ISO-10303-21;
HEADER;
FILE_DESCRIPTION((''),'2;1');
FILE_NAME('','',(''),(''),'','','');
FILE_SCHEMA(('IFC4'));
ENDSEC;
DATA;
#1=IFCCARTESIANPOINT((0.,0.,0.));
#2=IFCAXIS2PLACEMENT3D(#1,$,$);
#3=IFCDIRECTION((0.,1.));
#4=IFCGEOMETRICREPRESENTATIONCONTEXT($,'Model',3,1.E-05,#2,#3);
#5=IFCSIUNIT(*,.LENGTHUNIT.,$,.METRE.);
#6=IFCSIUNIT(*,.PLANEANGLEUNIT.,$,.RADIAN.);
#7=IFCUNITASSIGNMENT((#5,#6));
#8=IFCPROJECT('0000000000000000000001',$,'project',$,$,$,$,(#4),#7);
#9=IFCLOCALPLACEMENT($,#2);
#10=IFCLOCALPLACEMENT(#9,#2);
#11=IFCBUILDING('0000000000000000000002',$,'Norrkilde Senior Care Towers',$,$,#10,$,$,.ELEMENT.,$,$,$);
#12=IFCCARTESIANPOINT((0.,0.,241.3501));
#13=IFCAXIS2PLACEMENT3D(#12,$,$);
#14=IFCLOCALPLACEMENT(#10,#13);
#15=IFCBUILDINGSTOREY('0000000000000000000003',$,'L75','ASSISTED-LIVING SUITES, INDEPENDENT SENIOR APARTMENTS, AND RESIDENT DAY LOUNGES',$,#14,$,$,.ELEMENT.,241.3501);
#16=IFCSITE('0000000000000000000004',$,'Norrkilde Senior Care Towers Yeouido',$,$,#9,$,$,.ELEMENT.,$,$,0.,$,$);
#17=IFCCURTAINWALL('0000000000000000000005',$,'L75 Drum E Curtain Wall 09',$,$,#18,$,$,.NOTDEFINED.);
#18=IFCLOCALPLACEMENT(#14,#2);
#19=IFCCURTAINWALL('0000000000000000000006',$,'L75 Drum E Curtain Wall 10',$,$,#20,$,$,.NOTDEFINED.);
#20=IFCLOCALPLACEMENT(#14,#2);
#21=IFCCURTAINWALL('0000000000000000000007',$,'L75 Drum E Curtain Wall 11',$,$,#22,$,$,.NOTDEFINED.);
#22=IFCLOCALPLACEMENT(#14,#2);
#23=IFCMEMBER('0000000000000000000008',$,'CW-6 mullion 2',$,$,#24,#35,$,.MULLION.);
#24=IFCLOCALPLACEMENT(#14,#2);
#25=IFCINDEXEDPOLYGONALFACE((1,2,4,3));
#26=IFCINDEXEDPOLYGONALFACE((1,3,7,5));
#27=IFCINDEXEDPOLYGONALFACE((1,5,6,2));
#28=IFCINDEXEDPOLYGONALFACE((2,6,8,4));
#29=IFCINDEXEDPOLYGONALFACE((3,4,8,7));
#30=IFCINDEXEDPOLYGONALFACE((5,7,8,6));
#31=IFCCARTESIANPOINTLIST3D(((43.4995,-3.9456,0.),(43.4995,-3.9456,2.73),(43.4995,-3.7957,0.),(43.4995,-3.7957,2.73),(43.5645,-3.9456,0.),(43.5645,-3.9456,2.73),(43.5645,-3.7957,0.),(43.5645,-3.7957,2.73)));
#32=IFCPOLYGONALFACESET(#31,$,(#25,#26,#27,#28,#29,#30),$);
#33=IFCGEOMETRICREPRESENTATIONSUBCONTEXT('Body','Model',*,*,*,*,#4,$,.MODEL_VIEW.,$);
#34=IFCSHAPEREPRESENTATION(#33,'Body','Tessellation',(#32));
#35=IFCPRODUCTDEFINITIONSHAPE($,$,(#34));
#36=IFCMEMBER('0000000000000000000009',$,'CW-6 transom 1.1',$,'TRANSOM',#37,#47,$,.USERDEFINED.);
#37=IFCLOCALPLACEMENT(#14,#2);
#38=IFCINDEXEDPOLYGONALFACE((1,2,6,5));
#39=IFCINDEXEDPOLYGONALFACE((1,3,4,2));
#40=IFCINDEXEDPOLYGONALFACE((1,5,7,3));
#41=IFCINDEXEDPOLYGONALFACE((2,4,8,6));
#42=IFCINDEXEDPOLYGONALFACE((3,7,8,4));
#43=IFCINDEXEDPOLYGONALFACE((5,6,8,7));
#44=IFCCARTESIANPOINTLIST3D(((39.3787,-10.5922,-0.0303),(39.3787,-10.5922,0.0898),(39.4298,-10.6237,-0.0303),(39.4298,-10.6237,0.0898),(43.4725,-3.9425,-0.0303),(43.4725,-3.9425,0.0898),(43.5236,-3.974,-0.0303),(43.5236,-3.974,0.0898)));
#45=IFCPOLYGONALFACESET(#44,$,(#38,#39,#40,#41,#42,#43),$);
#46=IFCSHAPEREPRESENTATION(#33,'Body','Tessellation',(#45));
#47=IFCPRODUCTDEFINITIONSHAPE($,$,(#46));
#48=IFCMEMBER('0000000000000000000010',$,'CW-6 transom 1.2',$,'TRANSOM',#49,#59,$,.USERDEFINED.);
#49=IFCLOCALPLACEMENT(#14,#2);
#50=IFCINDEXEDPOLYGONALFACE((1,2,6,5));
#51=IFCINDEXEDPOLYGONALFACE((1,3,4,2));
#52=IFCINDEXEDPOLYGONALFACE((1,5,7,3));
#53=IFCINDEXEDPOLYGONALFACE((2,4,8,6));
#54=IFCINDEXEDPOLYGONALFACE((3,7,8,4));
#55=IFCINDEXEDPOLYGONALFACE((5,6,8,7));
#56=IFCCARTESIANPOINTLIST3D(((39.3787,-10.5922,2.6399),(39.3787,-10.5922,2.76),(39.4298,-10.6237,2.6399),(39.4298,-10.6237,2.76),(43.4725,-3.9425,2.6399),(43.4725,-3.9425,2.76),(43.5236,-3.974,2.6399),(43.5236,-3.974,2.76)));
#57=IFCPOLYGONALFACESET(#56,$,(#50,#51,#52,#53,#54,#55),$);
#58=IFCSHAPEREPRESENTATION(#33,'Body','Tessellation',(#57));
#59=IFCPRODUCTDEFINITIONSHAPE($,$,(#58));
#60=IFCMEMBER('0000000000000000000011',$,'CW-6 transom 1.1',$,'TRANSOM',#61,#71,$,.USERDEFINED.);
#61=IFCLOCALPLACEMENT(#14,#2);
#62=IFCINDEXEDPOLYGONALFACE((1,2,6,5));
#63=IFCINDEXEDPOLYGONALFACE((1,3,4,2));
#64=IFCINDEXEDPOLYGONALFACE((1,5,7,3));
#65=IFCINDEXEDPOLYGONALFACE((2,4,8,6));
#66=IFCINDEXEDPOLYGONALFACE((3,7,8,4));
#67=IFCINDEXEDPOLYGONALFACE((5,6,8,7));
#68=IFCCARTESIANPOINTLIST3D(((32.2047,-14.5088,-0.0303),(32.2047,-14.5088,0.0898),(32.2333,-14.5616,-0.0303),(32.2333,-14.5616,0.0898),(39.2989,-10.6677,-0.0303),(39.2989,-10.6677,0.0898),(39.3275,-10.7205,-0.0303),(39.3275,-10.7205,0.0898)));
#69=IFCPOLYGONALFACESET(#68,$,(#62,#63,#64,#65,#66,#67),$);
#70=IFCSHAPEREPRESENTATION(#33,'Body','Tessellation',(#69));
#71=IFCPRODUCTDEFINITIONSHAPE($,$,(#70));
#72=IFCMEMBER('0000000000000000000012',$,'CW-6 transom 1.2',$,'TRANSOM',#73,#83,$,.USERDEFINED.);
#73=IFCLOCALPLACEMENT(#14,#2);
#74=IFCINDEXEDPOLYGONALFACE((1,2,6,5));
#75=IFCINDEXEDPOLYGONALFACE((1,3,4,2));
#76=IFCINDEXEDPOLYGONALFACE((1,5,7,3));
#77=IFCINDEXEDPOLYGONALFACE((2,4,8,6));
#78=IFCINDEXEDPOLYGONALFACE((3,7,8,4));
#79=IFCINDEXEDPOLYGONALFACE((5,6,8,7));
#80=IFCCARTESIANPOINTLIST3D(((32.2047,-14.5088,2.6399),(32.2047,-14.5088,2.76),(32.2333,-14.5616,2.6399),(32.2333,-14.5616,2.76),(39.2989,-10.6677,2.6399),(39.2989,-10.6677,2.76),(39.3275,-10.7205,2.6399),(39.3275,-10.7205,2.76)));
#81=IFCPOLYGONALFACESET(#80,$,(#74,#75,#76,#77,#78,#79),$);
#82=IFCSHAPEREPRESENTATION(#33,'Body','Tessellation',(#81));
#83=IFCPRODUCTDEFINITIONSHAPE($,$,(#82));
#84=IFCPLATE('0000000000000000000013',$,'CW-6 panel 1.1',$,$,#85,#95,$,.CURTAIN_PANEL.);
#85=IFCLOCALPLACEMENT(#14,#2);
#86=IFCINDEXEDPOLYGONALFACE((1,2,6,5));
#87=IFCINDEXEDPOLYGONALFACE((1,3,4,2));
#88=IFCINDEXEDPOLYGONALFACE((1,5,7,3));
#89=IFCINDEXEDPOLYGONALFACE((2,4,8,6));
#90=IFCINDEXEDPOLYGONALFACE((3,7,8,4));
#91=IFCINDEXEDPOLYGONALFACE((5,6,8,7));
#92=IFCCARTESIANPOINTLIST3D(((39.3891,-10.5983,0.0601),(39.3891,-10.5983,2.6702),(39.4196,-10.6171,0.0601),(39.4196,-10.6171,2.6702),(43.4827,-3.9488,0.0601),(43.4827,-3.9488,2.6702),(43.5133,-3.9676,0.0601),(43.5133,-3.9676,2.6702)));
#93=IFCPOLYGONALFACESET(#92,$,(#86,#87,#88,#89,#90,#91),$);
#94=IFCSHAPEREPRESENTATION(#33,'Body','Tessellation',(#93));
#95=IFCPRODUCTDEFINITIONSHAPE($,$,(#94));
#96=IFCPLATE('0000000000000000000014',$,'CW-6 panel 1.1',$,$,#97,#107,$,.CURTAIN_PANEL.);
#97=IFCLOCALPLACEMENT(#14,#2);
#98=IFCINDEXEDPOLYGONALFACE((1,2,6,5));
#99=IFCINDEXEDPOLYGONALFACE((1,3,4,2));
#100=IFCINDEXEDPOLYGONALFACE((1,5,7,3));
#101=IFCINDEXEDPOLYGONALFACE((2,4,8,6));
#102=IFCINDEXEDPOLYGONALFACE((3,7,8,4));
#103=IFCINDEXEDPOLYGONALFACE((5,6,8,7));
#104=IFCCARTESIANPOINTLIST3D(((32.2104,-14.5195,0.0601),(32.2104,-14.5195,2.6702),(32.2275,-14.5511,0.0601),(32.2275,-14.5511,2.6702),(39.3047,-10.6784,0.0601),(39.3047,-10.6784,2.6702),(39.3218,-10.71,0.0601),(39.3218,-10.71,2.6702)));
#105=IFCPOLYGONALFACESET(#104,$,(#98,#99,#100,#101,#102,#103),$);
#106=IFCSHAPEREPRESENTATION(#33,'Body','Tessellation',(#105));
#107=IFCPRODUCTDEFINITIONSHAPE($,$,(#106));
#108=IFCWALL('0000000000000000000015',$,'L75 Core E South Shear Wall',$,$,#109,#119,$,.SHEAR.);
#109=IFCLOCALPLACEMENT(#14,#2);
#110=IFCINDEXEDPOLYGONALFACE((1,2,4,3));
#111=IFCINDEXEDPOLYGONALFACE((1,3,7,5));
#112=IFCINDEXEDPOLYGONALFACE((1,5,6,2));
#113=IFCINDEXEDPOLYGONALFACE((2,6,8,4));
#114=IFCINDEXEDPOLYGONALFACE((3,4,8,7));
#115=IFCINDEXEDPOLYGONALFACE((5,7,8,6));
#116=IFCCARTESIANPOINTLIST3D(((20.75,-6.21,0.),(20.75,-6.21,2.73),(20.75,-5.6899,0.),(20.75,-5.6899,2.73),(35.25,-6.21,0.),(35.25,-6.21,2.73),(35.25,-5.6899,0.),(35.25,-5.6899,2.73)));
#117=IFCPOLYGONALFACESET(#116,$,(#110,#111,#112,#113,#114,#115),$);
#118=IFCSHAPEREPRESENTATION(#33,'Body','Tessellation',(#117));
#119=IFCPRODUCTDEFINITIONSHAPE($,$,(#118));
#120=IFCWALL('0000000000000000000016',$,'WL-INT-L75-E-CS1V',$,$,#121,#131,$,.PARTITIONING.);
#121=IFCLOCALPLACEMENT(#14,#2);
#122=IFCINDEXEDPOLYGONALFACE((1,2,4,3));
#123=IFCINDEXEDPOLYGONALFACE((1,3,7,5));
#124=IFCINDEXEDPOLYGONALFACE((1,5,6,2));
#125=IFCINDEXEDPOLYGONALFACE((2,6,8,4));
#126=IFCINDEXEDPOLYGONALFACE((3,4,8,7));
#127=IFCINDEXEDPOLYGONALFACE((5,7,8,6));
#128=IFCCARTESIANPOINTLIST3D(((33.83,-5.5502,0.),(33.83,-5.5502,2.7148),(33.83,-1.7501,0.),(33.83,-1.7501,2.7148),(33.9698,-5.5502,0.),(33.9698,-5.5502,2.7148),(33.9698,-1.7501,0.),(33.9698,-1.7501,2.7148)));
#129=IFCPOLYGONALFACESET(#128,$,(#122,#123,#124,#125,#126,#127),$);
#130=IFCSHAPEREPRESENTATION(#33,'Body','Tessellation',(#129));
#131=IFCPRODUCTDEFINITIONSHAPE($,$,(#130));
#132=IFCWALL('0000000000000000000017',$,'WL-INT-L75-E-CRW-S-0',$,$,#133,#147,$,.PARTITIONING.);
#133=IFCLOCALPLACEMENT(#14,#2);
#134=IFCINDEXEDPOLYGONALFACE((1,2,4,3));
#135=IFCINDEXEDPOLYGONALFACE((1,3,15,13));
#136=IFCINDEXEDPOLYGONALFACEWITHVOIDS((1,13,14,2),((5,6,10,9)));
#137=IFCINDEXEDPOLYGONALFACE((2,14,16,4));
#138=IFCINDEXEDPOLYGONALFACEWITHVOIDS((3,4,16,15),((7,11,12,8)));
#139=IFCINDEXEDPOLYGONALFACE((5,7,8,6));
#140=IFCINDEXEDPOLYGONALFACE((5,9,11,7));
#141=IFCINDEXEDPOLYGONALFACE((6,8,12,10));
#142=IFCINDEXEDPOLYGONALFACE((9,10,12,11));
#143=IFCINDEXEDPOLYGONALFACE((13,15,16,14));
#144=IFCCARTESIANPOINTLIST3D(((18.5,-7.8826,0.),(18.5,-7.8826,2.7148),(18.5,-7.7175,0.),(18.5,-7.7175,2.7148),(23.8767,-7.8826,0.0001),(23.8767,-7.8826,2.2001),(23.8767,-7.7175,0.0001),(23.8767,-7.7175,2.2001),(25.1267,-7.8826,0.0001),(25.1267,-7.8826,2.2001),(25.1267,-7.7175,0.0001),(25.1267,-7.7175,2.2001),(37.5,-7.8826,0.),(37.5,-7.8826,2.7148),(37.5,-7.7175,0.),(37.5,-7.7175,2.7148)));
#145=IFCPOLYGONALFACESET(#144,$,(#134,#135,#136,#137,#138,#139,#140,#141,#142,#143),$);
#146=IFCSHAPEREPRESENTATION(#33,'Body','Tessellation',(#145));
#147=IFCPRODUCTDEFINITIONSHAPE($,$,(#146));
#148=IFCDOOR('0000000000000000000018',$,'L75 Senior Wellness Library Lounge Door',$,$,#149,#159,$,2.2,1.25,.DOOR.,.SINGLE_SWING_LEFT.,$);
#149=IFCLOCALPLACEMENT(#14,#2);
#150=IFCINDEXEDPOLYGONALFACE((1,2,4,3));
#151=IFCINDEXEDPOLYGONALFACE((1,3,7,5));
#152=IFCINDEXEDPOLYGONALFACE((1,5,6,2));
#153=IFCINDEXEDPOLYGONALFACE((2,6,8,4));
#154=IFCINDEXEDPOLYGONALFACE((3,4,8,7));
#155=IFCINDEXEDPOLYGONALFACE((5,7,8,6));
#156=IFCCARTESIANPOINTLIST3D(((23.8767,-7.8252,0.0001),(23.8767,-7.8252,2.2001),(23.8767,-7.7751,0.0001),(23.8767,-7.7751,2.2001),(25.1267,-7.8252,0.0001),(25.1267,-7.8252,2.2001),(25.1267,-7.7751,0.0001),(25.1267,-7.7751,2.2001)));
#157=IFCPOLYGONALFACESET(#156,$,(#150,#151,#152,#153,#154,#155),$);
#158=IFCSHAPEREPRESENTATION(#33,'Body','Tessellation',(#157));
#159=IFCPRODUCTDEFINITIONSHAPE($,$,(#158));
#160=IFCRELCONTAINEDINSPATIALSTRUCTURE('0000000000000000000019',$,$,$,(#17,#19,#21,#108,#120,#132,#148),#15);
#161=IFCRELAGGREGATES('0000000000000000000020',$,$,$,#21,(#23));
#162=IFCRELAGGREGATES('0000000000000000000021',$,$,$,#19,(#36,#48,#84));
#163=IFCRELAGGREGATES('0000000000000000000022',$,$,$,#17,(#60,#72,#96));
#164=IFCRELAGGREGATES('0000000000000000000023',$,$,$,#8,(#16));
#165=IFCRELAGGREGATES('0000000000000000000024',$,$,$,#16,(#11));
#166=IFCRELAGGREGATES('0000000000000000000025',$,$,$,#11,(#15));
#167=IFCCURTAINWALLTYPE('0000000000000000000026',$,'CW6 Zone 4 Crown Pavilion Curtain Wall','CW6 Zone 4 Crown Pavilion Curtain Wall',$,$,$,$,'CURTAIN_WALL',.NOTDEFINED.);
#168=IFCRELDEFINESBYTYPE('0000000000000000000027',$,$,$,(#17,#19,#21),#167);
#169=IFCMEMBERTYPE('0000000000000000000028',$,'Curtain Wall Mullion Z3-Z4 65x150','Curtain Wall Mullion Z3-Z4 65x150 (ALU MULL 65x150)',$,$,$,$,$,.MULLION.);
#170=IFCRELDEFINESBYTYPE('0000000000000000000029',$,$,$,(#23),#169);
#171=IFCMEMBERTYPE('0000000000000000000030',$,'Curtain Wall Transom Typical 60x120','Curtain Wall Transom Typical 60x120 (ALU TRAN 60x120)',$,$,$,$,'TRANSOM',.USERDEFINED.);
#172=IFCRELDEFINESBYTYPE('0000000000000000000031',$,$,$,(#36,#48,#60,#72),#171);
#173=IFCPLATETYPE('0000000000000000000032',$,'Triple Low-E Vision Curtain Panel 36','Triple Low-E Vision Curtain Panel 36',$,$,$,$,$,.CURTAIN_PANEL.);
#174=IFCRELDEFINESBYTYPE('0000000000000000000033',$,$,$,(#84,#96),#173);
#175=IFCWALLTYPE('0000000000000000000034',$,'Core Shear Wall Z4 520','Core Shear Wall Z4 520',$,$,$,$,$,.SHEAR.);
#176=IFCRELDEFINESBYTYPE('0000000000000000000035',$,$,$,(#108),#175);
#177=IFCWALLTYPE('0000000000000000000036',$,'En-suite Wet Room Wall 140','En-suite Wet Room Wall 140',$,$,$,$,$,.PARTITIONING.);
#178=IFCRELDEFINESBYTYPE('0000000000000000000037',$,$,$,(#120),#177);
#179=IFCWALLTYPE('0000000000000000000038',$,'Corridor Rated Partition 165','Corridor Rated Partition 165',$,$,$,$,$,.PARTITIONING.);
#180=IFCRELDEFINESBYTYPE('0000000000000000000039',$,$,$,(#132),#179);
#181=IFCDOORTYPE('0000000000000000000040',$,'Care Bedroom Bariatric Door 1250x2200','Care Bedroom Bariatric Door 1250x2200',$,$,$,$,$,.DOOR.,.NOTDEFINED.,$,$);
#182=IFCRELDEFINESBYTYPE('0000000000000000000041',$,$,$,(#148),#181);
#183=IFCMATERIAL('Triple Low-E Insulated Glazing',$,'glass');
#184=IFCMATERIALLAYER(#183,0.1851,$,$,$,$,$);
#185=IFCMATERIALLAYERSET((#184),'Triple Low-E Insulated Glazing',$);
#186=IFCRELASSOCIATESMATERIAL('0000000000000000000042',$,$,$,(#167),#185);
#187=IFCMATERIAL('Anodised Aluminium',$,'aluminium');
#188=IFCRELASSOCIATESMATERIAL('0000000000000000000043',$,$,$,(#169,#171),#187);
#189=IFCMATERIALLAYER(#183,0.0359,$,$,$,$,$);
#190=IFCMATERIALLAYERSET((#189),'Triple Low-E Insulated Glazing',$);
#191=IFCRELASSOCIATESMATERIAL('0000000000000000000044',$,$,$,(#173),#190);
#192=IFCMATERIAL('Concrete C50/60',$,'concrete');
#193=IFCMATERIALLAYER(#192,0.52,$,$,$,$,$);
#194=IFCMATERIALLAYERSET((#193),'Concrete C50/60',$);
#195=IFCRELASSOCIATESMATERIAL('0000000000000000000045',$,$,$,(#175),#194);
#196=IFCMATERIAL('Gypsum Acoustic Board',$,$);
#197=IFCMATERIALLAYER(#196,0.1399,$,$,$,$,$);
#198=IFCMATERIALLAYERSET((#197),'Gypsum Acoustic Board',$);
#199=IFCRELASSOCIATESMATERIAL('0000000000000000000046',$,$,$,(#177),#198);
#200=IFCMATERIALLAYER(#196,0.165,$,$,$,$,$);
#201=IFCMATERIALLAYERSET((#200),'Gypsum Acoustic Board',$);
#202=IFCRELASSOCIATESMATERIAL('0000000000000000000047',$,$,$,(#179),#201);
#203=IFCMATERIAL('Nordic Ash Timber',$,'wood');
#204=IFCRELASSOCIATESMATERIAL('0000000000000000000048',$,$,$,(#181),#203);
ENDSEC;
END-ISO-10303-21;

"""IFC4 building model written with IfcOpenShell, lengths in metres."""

from ifc_helpers import new_model, si_unit, direction, frame, frame_2d, origin, origin_2d, place, context, subcontext, project, spatial, rectangle, extrude, source, transform, mapped, material, layer, layer_set, material_profile, profile_set, type_object, type_shapes, element, fill, aggregate, save


model = new_model("IFC4")

# Units and contexts
model_context = context("Model", 3, precision=1e-05, world=origin(), true_north=direction((0.0, 1.0)))
body_context = subcontext(model_context, "Body", "Model", "MODEL_VIEW")
ifc_project = project(units=[si_unit("LENGTHUNIT", "METRE"), si_unit("PLANEANGLEUNIT", "RADIAN")], contexts=[model_context])

# Site, building, storey
site_placement = place(None, origin())
site = spatial("IfcSite", under=ifc_project, at=site_placement, Name="Norrkilde Senior Care Towers Yeouido", CompositionType="ELEMENT", RefElevation=0.0)
building_placement = place(site_placement, origin())
building = spatial("IfcBuilding", under=site, at=building_placement, Name="Norrkilde Senior Care Towers", CompositionType="ELEMENT")
storey_placement = place(building_placement, frame((0.0, 0.0, 241.3501)))
storey = spatial("IfcBuildingStorey", under=building, at=storey_placement, Name="L75", Description="ASSISTED-LIVING SUITES, INDEPENDENT SENIOR APARTMENTS, AND RESIDENT DAY LOUNGES", CompositionType="ELEMENT", Elevation=241.3501)

# Shared definitions
ifc_material_1 = material(Name="Concrete C50/60", Category="concrete")

# Curtain wall
ifc_material_2 = material(Name="Triple Low-E Insulated Glazing", Category="glass")
ifc_layer_1 = layer(ifc_material_2, 0.1851)
ifc_layer_set_1 = layer_set([ifc_layer_1], Name="Triple Low-E Insulated Glazing")
curtain_wall_type = type_object("IfcCurtainWallType", Name="CW6 Zone 4 Crown Pavilion Curtain Wall", Description="CW6 Zone 4 Crown Pavilion Curtain Wall", ElementType="CURTAIN_WALL", PredefinedType="NOTDEFINED", material=ifc_layer_set_1)
curtain_wall_1_placement = place(storey_placement, origin())
curtain_wall_1 = element("IfcCurtainWall", 1, at=curtain_wall_1_placement, inside=storey, type_object=curtain_wall_type, Name="L75 Drum E Curtain Wall 09", PredefinedType="NOTDEFINED")
ifc_material_3 = material(Name="Anodised Aluminium", Category="aluminium")
ifc_material_profile_1 = material_profile(ifc_material_3, rectangle(XDim=0.0649, YDim=0.1499, at=origin_2d()), Name="ALU MULL 65x150")
ifc_profile_set_1 = profile_set([ifc_material_profile_1], Name="Anodised Aluminium")
member_type_1 = type_object("IfcMemberType", Name="Curtain Wall Mullion Z3-Z4 65x150", Description="Curtain Wall Mullion Z3-Z4 65x150 (ALU MULL 65x150)", PredefinedType="MULLION", material=ifc_profile_set_1)
shared_shape_1 = source(origin(), body_context, "Body", "SweptSolid", [
    extrude(rectangle(XDim=0.0649, YDim=0.1499, at=origin_2d()), origin(), (0.0, 0.0, 1.0), 2.73),
])
type_shapes(member_type_1, [shared_shape_1])

# Curtain wall
curtain_wall_2_placement = place(storey_placement, origin())
curtain_wall_2 = element("IfcCurtainWall", 2, at=curtain_wall_2_placement, inside=storey, type_object=curtain_wall_type, Name="L75 Drum E Curtain Wall 10", PredefinedType="NOTDEFINED")

# Curtain wall, member
curtain_wall_3_placement = place(storey_placement, origin())
curtain_wall_3 = element("IfcCurtainWall", 3, at=curtain_wall_3_placement, inside=storey, type_object=curtain_wall_type, Name="L75 Drum E Curtain Wall 11", PredefinedType="NOTDEFINED")
member_1_placement = place(storey_placement, frame((43.532, -3.8706, 0.0), z_axis=(0.0, 0.0, 1.0), x_axis=(1.0, 0.0, 0.0)))
member_1 = element("IfcMember", 4, at=member_1_placement, type_object=member_type_1, Name="CW-6 mullion 2", PredefinedType="MULLION", context=body_context, shape_type="MappedRepresentation", body=[
    mapped(shared_shape_1, transform((0.0, 0.0, 0.0), x_axis=(1.0, 0.0, 0.0), y_axis=(0.0, 1.0, 0.0), z_axis=(0.0, 0.0, 1.0), scale=1.0)),
])
aggregate(curtain_wall_3, [member_1])

# Members
ifc_material_profile_2 = material_profile(ifc_material_3, rectangle(XDim=0.0601, YDim=0.1201, at=origin_2d()), Name="ALU TRAN 60x120")
ifc_profile_set_2 = profile_set([ifc_material_profile_2], Name="Anodised Aluminium")
member_type_2 = type_object("IfcMemberType", Name="Curtain Wall Transom Typical 60x120", Description="Curtain Wall Transom Typical 60x120 (ALU TRAN 60x120)", ElementType="TRANSOM", PredefinedType="USERDEFINED", material=ifc_profile_set_2)
shared_shape_2 = source(origin(), body_context, "Body", "SweptSolid", [
    extrude(rectangle(XDim=0.0601, YDim=0.1201, at=origin_2d()), origin(), (0.0, 0.0, 1.0), 7.8088),
])
member_2_placement = place(storey_placement, frame((43.498, -3.9583, 0.0298), z_axis=(-0.524251, -0.851564, 0.0), x_axis=(0.851564, -0.524251, 0.0)))
member_2 = element("IfcMember", 5, at=member_2_placement, type_object=member_type_2, Name="CW-6 transom 1.1", ObjectType="TRANSOM", PredefinedType="USERDEFINED", context=body_context, shape_type="MappedRepresentation", body=[
    mapped(shared_shape_2, transform((0.0, 0.0, 0.0), x_axis=(1.0, 0.0, 0.0), y_axis=(0.0, 1.0, 0.0), z_axis=(0.0, 0.0, 1.0), scale=1.0)),
])
member_3_placement = place(storey_placement, frame((43.498, -3.9583, 2.7), z_axis=(-0.524251, -0.851564, 0.0), x_axis=(0.851564, -0.524251, 0.0)))
member_3 = element("IfcMember", 6, at=member_3_placement, type_object=member_type_2, Name="CW-6 transom 1.2", ObjectType="TRANSOM", PredefinedType="USERDEFINED", context=body_context, shape_type="MappedRepresentation", body=[
    mapped(shared_shape_2, transform((0.0, 0.0, 0.0), x_axis=(1.0, 0.0, 0.0), y_axis=(0.0, 1.0, 0.0), z_axis=(0.0, 0.0, 1.0), scale=1.0)),
])
shared_shape_3 = source(origin(), body_context, "Body", "SweptSolid", [
    extrude(rectangle(XDim=0.0601, YDim=0.1201, at=origin_2d()), origin(), (0.0, 0.0, 1.0), 8.0674),
])
type_shapes(member_type_2, [shared_shape_2, shared_shape_3])
member_4_placement = place(storey_placement, frame((39.3132, -10.6941, 0.0298), z_axis=(-0.879378, -0.476125, 0.0), x_axis=(0.476125, -0.879378, 0.0)))
member_4 = element("IfcMember", 7, at=member_4_placement, type_object=member_type_2, Name="CW-6 transom 1.1", ObjectType="TRANSOM", PredefinedType="USERDEFINED", context=body_context, shape_type="MappedRepresentation", body=[
    mapped(shared_shape_3, transform((0.0, 0.0, 0.0), x_axis=(1.0, 0.0, 0.0), y_axis=(0.0, 1.0, 0.0), z_axis=(0.0, 0.0, 1.0), scale=1.0)),
])
member_5_placement = place(storey_placement, frame((39.3132, -10.6941, 2.7), z_axis=(-0.879378, -0.476125, 0.0), x_axis=(0.476125, -0.879378, 0.0)))
member_5 = element("IfcMember", 8, at=member_5_placement, type_object=member_type_2, Name="CW-6 transom 1.2", ObjectType="TRANSOM", PredefinedType="USERDEFINED", context=body_context, shape_type="MappedRepresentation", body=[
    mapped(shared_shape_3, transform((0.0, 0.0, 0.0), x_axis=(1.0, 0.0, 0.0), y_axis=(0.0, 1.0, 0.0), z_axis=(0.0, 0.0, 1.0), scale=1.0)),
])

# Plates
ifc_layer_2 = layer(ifc_material_2, 0.0359)
ifc_layer_set_2 = layer_set([ifc_layer_2], Name="Triple Low-E Insulated Glazing")
plate_type = type_object("IfcPlateType", Name="Triple Low-E Vision Curtain Panel 36", Description="Triple Low-E Vision Curtain Panel 36", PredefinedType="CURTAIN_PANEL", material=ifc_layer_set_2)
shared_shape_4 = source(origin(), body_context, "Body", "SweptSolid", [
    extrude(rectangle(XDim=7.8086, YDim=0.0359, at=origin_2d()), origin(), (0.0, 0.0, 1.0), 2.6101),
])
plate_1_placement = place(storey_placement, frame((41.4512, -7.283, 0.0601), z_axis=(0.0, 0.0, 1.0), x_axis=(-0.524253, -0.851563, 0.0)))
plate_1 = element("IfcPlate", 9, at=plate_1_placement, type_object=plate_type, Name="CW-6 panel 1.1", PredefinedType="CURTAIN_PANEL", context=body_context, shape_type="MappedRepresentation", body=[
    mapped(shared_shape_4, transform((0.0, 0.0, 0.0), x_axis=(1.0, 0.0, 0.0), y_axis=(0.0, 1.0, 0.0), z_axis=(0.0, 0.0, 1.0), scale=1.0)),
])
aggregate(curtain_wall_2, [member_2, member_3, plate_1])
shared_shape_5 = source(origin(), body_context, "Body", "SweptSolid", [
    extrude(rectangle(XDim=8.0674, YDim=0.0359, at=origin_2d()), origin(), (0.0, 0.0, 1.0), 2.6101),
])
type_shapes(plate_type, [shared_shape_4, shared_shape_5])
plate_2_placement = place(storey_placement, frame((35.7661, -12.6147, 0.0601), z_axis=(0.0, 0.0, 1.0), x_axis=(-0.879373, -0.476133, 0.0)))
plate_2 = element("IfcPlate", 10, at=plate_2_placement, type_object=plate_type, Name="CW-6 panel 1.1", PredefinedType="CURTAIN_PANEL", context=body_context, shape_type="MappedRepresentation", body=[
    mapped(shared_shape_5, transform((0.0, 0.0, 0.0), x_axis=(1.0, 0.0, 0.0), y_axis=(0.0, 1.0, 0.0), z_axis=(0.0, 0.0, 1.0), scale=1.0)),
])
aggregate(curtain_wall_1, [member_4, member_5, plate_2])

# Walls
ifc_layer_3 = layer(ifc_material_1, 0.52)
ifc_layer_set_3 = layer_set([ifc_layer_3], Name="Concrete C50/60")
wall_type_1 = type_object("IfcWallType", Name="Core Shear Wall Z4 520", Description="Core Shear Wall Z4 520", PredefinedType="SHEAR", material=ifc_layer_set_3)
shared_shape_6 = source(origin(), body_context, "Body", "SweptSolid", [
    extrude(rectangle(XDim=14.5, YDim=0.52, at=frame_2d((7.25, 0.0))), origin(), (0.0, 0.0, 1.0), 2.73),
])
type_shapes(wall_type_1, [shared_shape_6])
wall_1_placement = place(storey_placement, frame((35.25, -5.95, 0.0), z_axis=(0.0, 0.0, 1.0), x_axis=(-1.0, 0.0, 0.0)))
element("IfcWall", 11, at=wall_1_placement, inside=storey, type_object=wall_type_1, Name="L75 Core E South Shear Wall", PredefinedType="SHEAR", context=body_context, shape_type="MappedRepresentation", body=[
    mapped(shared_shape_6, transform((0.0, 0.0, 0.0), x_axis=(1.0, 0.0, 0.0), y_axis=(0.0, 1.0, 0.0), z_axis=(0.0, 0.0, 1.0), scale=1.0)),
])
ifc_material_4 = material(Name="Gypsum Acoustic Board")
ifc_layer_4 = layer(ifc_material_4, 0.1399)
ifc_layer_set_4 = layer_set([ifc_layer_4], Name="Gypsum Acoustic Board")
wall_type_2 = type_object("IfcWallType", Name="En-suite Wet Room Wall 140", Description="En-suite Wet Room Wall 140", PredefinedType="PARTITIONING", material=ifc_layer_set_4)
shared_shape_7 = source(origin(), body_context, "Body", "SweptSolid", [
    extrude(rectangle(XDim=3.8, YDim=0.1399, at=frame_2d((1.8999, 0.0))), origin(), (0.0, 0.0, 1.0), 2.7148),
])
type_shapes(wall_type_2, [shared_shape_7])
wall_2_placement = place(storey_placement, frame((33.8999, -5.55, 0.0), z_axis=(0.0, 0.0, 1.0), x_axis=(0.0, 1.0, 0.0)))
element("IfcWall", 12, at=wall_2_placement, inside=storey, type_object=wall_type_2, Name="WL-INT-L75-E-CS1V", PredefinedType="PARTITIONING", context=body_context, shape_type="MappedRepresentation", body=[
    mapped(shared_shape_7, transform((0.0, 0.0, 0.0), x_axis=(1.0, 0.0, 0.0), y_axis=(0.0, 1.0, 0.0), z_axis=(0.0, 0.0, 1.0), scale=1.0)),
])

# Wall, opening, door
ifc_layer_5 = layer(ifc_material_4, 0.165)
ifc_layer_set_5 = layer_set([ifc_layer_5], Name="Gypsum Acoustic Board")
wall_type_3 = type_object("IfcWallType", Name="Corridor Rated Partition 165", Description="Corridor Rated Partition 165", PredefinedType="PARTITIONING", material=ifc_layer_set_5)
shared_shape_8 = source(origin(), body_context, "Body", "SweptSolid", [
    extrude(rectangle(XDim=19.0, YDim=0.165, at=frame_2d((9.5, 0.0))), origin(), (0.0, 0.0, 1.0), 2.7148),
])
wall_3_placement = place(storey_placement, frame((37.5, -7.8, 0.0), z_axis=(0.0, 0.0, 1.0), x_axis=(-1.0, 0.0, 0.0)))
wall_3 = element("IfcWall", 13, at=wall_3_placement, inside=storey, type_object=wall_type_3, Name="WL-INT-L75-E-CRW-S-0", PredefinedType="PARTITIONING", context=body_context, shape_type="MappedRepresentation", body=[
    mapped(shared_shape_8, transform((0.0, 0.0, 0.0), x_axis=(1.0, 0.0, 0.0), y_axis=(0.0, 1.0, 0.0), z_axis=(0.0, 0.0, 1.0), scale=1.0)),
])
opening_1_placement = place(wall_3_placement, frame((12.3733, 0.0, 0.0)))
opening_1 = element("IfcOpeningElement", 14, at=opening_1_placement, cuts=wall_3, PredefinedType="OPENING", context=body_context, shape_type="SweptSolid", body=[
    extrude(rectangle(XDim=1.25, YDim=2.2, at=frame_2d((0.625, 1.1001))), frame((0.0, 0.0925, 0.0), z_axis=(0.0, -1.0, 0.0), x_axis=(1.0, 0.0, 0.0)), (0.0, 0.0, 1.0), 0.1851),
])
ifc_material_5 = material(Name="Nordic Ash Timber", Category="wood")
door_type_1 = type_object("IfcDoorType", Name="Care Bedroom Bariatric Door 1250x2200", Description="Care Bedroom Bariatric Door 1250x2200", OperationType="NOTDEFINED", PredefinedType="DOOR", material=ifc_material_5)
shared_shape_9 = source(origin(), body_context, "Body", "SweptSolid", [
    extrude(rectangle(XDim=1.25, YDim=2.2, at=frame_2d((0.625, 1.1001))), frame((0.0, 0.0249, 0.0), z_axis=(0.0, -1.0, 0.0), x_axis=(1.0, 0.0, 0.0)), (0.0, 0.0, 1.0), 0.05),
])
type_shapes(door_type_1, [shared_shape_9])
door_1_placement = place(opening_1_placement, frame((1.25, 0.0, 0.0), z_axis=(0.0, 0.0, 1.0), x_axis=(-1.0, 0.0, 0.0)))
door_1 = element("IfcDoor", 15, at=door_1_placement, inside=storey, type_object=door_type_1, Name="L75 Senior Wellness Library Lounge Door", OperationType="SINGLE_SWING_LEFT", OverallHeight=2.2, OverallWidth=1.25, PredefinedType="DOOR", context=body_context, shape_type="MappedRepresentation", body=[
    mapped(shared_shape_9, transform((0.0, 0.0, 0.0), x_axis=(1.0, 0.0, 0.0), y_axis=(0.0, 1.0, 0.0), z_axis=(0.0, 0.0, 1.0), scale=1.0)),
])
fill(opening_1, door_1)

save(model, "model.ifc")
